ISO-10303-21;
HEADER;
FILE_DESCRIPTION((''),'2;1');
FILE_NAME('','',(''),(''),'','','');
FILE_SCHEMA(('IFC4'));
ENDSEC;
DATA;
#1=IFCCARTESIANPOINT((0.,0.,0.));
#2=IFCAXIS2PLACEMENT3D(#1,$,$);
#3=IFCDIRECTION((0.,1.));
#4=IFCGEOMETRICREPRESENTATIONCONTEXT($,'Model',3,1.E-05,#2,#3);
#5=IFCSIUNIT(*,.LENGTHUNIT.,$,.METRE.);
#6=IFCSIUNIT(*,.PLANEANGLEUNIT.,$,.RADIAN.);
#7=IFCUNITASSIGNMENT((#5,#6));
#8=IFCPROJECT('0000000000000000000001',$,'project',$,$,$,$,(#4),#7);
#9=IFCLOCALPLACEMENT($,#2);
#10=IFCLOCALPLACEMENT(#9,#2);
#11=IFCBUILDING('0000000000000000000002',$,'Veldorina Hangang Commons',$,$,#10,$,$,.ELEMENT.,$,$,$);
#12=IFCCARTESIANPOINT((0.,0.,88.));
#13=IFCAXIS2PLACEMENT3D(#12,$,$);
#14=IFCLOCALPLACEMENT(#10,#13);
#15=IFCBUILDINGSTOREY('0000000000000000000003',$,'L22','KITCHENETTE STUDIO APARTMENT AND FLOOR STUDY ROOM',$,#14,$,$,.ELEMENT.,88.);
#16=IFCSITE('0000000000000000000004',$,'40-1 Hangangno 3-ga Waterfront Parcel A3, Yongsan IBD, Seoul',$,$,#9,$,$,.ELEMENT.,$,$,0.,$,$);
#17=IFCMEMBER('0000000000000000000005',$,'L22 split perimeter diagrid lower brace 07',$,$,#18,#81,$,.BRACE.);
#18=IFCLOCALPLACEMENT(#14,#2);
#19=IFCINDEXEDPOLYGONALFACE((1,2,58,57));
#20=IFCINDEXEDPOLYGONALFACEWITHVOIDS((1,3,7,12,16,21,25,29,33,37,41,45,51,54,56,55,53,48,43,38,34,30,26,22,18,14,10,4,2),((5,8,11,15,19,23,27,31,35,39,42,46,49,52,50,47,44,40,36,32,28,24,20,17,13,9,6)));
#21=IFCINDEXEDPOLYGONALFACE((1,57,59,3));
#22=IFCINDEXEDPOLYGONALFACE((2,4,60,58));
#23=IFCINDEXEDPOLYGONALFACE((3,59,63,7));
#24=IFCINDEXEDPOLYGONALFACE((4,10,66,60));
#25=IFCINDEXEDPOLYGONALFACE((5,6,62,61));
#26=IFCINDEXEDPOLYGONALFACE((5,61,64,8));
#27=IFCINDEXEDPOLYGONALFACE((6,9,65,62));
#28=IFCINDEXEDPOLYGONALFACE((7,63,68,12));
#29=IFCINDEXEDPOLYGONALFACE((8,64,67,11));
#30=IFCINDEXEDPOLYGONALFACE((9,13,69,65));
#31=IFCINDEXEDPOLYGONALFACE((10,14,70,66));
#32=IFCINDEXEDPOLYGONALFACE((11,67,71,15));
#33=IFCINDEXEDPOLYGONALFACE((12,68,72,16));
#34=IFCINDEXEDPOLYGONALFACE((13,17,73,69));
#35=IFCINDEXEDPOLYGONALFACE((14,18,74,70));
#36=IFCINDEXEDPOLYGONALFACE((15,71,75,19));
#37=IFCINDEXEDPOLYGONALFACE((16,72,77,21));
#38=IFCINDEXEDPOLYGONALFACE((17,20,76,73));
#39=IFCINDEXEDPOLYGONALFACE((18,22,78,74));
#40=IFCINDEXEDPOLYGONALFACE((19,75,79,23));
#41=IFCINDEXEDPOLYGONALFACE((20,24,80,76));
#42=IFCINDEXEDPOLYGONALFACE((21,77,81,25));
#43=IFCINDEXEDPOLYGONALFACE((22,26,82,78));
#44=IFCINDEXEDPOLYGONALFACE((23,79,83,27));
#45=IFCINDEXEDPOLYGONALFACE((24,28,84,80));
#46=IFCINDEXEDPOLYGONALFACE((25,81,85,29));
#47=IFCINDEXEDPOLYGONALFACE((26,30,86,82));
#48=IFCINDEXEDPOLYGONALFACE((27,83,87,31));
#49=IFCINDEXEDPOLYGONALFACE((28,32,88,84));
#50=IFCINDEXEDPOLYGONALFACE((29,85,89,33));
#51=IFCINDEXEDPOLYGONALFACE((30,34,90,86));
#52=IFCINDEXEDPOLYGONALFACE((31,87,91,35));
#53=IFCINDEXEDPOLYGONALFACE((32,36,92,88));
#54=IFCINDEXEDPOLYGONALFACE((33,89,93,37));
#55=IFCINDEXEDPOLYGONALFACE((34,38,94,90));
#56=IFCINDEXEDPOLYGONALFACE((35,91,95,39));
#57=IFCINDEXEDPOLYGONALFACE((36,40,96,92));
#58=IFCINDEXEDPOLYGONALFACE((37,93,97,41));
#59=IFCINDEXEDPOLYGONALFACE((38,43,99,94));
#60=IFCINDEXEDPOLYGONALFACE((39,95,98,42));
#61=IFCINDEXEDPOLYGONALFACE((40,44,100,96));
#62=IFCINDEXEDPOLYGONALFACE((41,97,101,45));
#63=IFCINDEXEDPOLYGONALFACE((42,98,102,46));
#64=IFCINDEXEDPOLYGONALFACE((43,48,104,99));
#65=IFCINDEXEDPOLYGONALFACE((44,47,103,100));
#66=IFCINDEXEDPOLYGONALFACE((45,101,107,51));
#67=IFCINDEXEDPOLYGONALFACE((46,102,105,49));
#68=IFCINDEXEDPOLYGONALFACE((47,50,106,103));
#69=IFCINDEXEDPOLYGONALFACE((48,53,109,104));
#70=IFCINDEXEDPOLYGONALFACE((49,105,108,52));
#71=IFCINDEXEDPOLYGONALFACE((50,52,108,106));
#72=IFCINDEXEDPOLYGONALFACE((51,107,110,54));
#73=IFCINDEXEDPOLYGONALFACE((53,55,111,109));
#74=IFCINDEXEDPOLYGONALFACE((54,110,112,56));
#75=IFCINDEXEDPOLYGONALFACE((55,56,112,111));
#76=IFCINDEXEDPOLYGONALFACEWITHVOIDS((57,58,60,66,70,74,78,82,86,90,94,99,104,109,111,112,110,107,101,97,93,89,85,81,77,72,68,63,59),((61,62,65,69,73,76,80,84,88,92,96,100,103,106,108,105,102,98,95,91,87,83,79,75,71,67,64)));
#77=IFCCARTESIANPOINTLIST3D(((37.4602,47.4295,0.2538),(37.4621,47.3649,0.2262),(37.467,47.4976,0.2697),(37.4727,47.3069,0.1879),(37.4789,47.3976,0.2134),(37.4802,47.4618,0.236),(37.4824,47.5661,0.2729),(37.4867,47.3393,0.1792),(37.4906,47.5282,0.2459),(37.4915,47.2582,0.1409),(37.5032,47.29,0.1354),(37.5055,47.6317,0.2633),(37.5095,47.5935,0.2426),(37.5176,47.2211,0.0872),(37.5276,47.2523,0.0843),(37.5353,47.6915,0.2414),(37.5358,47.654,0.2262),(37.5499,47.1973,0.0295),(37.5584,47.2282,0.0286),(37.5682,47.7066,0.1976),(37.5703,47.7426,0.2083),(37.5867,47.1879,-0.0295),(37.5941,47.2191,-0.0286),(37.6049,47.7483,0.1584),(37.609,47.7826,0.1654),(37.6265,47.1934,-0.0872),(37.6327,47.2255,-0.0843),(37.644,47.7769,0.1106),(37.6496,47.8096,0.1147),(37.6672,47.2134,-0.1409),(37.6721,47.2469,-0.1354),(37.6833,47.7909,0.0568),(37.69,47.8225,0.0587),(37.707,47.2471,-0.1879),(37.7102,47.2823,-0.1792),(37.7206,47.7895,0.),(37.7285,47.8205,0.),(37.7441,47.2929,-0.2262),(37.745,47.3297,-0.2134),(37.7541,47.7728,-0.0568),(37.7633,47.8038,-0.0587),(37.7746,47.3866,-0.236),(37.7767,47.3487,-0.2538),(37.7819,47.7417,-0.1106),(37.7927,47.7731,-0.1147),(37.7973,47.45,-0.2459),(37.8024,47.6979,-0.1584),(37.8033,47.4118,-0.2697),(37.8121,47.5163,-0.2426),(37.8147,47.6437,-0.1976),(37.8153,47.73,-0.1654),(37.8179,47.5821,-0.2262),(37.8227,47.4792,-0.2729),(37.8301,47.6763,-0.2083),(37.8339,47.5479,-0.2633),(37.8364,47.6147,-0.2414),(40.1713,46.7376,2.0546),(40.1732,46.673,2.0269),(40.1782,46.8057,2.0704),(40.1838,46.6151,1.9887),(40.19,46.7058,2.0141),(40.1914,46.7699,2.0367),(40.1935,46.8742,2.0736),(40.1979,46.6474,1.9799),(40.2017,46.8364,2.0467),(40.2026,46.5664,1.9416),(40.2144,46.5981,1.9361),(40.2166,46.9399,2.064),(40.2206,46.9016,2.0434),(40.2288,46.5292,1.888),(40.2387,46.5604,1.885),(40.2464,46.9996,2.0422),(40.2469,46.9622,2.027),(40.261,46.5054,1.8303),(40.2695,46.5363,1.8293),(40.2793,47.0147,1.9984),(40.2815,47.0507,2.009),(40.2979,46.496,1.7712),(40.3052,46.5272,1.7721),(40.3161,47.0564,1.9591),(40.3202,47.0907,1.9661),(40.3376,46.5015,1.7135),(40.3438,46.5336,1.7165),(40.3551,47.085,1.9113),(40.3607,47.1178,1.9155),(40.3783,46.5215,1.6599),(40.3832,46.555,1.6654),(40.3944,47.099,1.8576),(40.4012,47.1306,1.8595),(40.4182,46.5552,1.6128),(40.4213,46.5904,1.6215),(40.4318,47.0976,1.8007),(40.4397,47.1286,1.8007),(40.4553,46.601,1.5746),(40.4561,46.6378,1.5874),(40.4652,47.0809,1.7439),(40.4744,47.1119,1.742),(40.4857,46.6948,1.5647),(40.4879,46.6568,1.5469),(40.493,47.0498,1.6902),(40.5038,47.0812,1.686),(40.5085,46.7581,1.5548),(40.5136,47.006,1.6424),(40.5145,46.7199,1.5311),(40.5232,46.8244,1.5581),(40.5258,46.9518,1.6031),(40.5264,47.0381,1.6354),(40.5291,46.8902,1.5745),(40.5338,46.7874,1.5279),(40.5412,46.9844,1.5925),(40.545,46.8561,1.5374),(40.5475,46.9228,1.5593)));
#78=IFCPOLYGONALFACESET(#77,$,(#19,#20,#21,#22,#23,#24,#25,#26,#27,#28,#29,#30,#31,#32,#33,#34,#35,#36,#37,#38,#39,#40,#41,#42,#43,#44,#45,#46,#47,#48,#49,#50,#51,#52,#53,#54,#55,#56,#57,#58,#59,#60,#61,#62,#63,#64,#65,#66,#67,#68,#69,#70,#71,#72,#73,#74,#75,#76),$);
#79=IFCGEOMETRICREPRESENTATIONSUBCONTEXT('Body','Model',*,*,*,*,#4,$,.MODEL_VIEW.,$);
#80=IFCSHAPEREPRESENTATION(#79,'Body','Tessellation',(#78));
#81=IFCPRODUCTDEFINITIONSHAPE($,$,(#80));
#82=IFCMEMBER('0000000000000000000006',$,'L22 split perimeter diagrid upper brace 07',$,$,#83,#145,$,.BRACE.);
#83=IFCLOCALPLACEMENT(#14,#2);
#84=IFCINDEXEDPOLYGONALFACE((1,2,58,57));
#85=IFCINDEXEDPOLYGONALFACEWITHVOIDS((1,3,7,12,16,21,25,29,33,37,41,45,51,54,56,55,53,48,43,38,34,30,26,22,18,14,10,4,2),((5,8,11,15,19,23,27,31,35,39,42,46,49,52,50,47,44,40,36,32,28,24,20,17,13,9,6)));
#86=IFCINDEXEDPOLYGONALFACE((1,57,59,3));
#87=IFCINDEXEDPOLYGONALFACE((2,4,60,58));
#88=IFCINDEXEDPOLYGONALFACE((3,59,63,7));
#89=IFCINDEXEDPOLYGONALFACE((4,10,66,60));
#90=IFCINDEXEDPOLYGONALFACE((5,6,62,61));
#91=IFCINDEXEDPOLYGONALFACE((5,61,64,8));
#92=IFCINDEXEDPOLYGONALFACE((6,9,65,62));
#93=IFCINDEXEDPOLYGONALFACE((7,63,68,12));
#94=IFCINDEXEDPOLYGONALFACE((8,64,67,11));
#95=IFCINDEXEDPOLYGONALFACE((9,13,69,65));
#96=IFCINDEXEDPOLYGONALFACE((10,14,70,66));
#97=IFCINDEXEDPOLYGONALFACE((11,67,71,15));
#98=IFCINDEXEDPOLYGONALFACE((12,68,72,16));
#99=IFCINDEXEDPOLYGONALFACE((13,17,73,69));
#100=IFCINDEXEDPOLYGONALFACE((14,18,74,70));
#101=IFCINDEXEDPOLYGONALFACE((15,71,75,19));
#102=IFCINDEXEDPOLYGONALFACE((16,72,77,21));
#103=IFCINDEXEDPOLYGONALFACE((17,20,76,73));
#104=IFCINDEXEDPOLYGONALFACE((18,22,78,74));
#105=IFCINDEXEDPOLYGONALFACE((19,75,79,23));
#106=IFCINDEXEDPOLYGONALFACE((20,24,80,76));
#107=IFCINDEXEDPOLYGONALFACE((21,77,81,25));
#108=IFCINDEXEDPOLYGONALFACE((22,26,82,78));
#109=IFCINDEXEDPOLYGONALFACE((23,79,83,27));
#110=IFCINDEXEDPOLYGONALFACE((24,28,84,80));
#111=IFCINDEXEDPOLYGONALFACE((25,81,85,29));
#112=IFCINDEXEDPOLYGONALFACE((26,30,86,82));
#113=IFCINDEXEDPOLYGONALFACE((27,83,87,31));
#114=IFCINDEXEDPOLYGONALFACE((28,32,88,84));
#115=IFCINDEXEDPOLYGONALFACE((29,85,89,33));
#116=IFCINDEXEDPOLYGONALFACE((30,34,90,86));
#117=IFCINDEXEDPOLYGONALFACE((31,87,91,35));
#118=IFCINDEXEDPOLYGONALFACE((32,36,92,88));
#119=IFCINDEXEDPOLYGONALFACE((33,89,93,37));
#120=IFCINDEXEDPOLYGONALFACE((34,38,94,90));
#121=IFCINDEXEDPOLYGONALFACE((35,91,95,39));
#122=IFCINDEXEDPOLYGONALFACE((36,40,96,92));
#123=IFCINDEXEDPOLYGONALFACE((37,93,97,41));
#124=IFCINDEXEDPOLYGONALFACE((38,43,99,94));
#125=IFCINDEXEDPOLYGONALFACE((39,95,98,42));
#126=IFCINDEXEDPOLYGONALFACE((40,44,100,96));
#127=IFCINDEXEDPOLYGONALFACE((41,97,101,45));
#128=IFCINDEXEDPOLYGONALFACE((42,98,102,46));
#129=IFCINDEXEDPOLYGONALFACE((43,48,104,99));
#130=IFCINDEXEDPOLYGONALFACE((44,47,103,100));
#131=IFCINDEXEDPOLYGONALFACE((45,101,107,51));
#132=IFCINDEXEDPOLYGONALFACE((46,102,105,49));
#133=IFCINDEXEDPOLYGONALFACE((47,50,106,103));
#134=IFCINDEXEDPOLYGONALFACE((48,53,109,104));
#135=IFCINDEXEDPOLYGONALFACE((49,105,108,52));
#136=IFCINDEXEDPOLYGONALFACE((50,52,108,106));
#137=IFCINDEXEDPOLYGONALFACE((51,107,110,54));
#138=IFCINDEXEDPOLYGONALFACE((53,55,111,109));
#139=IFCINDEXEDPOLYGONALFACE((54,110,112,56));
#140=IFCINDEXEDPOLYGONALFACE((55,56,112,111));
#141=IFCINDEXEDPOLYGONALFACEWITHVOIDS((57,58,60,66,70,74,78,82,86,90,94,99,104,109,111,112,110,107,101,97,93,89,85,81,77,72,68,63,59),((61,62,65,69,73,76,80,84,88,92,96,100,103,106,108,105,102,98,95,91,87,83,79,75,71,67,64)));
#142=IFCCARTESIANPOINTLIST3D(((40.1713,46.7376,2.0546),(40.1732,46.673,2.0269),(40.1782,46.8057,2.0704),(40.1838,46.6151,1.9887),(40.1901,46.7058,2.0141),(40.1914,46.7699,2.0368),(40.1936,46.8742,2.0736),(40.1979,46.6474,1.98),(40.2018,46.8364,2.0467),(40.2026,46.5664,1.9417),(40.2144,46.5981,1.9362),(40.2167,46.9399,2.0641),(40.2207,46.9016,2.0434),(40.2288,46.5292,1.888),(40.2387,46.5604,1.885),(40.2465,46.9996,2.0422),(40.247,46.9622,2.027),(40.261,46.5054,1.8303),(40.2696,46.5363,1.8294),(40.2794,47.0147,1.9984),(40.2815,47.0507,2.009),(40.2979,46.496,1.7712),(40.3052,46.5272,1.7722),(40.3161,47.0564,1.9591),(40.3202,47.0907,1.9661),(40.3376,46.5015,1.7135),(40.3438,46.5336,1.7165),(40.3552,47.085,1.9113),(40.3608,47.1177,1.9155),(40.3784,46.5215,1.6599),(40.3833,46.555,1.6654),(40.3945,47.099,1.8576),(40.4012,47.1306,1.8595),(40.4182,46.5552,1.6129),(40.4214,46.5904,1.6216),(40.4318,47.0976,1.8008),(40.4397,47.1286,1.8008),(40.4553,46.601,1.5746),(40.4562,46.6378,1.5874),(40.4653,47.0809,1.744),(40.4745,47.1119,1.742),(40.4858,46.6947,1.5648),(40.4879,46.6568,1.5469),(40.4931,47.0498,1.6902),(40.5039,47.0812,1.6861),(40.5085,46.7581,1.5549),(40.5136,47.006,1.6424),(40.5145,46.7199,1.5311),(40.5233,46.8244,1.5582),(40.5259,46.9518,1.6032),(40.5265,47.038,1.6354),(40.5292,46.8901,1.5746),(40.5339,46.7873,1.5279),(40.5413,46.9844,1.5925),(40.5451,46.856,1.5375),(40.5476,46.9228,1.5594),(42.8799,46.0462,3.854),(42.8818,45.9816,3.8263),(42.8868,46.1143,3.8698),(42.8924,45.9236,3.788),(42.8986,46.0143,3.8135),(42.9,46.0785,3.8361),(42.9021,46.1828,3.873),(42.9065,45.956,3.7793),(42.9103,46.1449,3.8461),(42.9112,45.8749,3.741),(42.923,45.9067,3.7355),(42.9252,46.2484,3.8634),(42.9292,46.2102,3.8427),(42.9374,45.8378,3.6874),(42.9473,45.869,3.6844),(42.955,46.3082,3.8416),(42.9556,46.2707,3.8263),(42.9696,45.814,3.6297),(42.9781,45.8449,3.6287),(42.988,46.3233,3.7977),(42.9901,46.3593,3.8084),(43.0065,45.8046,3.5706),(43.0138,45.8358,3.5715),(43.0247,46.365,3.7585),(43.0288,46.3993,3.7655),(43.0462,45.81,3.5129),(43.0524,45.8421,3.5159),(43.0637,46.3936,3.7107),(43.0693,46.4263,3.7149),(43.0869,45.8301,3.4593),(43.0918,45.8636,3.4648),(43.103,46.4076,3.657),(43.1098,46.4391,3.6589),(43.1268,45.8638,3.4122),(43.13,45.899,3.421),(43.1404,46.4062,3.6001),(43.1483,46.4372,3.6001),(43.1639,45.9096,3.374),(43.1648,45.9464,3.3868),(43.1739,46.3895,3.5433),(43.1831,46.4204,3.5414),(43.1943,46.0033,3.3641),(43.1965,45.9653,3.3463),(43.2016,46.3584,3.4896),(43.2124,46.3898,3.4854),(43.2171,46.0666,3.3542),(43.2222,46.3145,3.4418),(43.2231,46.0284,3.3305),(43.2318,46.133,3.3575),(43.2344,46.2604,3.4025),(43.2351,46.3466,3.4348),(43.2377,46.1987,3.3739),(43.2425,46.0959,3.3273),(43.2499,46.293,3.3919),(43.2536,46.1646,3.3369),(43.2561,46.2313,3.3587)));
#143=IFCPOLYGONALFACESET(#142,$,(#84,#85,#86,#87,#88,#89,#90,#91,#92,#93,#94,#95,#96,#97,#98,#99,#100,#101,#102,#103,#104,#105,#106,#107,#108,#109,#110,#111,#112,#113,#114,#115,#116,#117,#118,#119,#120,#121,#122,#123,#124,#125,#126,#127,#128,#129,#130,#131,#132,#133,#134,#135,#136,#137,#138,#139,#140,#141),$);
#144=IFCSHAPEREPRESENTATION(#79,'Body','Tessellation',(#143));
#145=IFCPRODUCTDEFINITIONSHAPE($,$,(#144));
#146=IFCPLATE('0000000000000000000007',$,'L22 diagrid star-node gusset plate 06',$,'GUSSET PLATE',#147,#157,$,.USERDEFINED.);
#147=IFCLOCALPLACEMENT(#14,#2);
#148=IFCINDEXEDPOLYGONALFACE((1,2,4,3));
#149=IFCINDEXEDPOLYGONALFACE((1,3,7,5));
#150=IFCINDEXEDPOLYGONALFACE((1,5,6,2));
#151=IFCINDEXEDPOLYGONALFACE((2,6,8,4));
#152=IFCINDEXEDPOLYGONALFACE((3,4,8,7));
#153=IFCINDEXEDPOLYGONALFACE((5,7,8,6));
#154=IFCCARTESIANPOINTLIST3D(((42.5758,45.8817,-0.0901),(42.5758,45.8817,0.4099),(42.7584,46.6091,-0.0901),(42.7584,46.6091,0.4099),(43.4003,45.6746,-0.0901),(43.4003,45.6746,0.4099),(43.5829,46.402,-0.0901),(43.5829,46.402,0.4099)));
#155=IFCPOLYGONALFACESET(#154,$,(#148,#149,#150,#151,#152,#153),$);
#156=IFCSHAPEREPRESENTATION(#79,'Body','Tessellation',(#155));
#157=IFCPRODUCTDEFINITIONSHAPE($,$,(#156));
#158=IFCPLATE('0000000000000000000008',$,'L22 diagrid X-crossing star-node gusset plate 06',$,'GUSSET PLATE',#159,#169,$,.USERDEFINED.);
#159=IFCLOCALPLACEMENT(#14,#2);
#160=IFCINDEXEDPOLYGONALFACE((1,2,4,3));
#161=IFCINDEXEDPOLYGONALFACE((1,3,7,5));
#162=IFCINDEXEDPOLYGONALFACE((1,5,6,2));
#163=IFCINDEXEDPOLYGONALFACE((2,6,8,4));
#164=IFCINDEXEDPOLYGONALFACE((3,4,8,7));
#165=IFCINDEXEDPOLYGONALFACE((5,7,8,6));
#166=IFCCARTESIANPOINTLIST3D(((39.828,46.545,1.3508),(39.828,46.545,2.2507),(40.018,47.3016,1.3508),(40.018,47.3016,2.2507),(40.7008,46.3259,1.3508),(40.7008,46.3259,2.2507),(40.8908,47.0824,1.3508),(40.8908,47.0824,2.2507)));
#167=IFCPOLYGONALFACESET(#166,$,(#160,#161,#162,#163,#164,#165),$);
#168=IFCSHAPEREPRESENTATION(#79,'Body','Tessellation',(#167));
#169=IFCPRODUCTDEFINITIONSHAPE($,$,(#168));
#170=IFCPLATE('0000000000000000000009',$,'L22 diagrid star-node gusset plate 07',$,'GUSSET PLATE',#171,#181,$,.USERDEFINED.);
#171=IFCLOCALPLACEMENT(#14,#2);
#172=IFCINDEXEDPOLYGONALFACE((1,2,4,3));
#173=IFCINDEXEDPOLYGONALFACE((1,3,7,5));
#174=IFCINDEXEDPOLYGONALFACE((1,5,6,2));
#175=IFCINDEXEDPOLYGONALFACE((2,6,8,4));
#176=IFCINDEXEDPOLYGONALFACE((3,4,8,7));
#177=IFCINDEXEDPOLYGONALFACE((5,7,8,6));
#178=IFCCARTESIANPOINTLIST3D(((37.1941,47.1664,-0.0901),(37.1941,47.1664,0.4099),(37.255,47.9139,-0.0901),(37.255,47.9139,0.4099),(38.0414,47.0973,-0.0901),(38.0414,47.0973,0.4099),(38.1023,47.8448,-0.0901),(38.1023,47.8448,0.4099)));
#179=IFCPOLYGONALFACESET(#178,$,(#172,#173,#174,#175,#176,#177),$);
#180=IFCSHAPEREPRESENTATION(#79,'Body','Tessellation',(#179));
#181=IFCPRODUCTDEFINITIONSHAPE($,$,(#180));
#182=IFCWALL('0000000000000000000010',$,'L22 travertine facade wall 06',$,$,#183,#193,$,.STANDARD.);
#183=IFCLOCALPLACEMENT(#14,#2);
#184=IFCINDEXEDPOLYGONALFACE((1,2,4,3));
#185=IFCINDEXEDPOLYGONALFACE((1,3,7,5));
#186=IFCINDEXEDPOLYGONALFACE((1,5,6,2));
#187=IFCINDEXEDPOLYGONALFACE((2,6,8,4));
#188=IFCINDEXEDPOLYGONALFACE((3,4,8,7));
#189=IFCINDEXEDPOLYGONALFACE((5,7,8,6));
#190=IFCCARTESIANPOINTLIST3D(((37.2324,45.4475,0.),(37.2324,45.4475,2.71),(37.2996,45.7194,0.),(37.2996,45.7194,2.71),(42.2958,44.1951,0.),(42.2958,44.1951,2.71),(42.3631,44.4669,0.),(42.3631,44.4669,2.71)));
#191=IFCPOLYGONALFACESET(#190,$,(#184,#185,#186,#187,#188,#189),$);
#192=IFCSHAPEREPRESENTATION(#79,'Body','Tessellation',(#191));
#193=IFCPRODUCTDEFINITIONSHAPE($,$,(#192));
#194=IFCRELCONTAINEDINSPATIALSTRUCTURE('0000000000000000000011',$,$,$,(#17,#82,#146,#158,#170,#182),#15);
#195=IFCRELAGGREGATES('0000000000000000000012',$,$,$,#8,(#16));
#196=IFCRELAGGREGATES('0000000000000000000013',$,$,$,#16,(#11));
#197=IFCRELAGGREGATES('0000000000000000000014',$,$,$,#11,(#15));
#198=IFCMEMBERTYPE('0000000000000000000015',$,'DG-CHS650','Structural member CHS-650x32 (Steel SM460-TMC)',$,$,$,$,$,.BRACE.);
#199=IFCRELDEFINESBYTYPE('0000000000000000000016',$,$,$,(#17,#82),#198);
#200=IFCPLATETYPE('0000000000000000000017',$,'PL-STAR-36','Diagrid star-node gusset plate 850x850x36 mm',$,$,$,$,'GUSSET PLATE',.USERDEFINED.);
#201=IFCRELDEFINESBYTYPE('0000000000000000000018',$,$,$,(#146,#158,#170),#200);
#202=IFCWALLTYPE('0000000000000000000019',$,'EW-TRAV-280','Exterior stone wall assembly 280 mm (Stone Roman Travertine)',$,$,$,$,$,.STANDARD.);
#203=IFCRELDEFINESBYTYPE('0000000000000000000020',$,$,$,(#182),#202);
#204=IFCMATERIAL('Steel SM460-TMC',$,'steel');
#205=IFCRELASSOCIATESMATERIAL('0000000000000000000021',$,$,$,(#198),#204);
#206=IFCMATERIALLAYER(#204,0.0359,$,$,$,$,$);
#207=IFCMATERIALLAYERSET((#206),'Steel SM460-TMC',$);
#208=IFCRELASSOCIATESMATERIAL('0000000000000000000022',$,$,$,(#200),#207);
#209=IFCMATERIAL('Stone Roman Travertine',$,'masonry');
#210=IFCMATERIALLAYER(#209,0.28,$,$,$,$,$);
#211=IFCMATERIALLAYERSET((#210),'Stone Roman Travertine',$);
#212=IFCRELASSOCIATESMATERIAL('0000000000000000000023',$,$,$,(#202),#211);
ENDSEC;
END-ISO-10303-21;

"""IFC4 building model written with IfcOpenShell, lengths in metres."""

from ifc_helpers import new_model, si_unit, direction, frame, frame_2d, origin, origin_2d, place, context, subcontext, project, spatial, rectangle, hollow_circle, extrude, material, layer, layer_set, material_profile, profile_set, type_object, element, save


model = new_model("IFC4")

# Units and contexts
model_context = context("Model", 3, precision=1e-05, world=origin(), true_north=direction((0.0, 1.0)))
body_context = subcontext(model_context, "Body", "Model", "MODEL_VIEW")
ifc_project = project(units=[si_unit("LENGTHUNIT", "METRE"), si_unit("PLANEANGLEUNIT", "RADIAN")], contexts=[model_context])

# Site, building, storey
site_placement = place(None, origin())
site = spatial("IfcSite", under=ifc_project, at=site_placement, Name="40-1 Hangangno 3-ga Waterfront Parcel A3, Yongsan IBD, Seoul", CompositionType="ELEMENT", RefElevation=0.0)
building_placement = place(site_placement, origin())
building = spatial("IfcBuilding", under=site, at=building_placement, Name="Veldorina Hangang Commons", CompositionType="ELEMENT")
storey_placement = place(building_placement, frame((0.0, 0.0, 88.0)))
storey = spatial("IfcBuildingStorey", under=building, at=storey_placement, Name="L22", Description="KITCHENETTE STUDIO APARTMENT AND FLOOR STUDY ROOM", CompositionType="ELEMENT", Elevation=88.0)

# Members
ifc_material_1 = material(Name="Steel SM460-TMC", Category="steel")
ifc_material_profile_1 = material_profile(ifc_material_1, hollow_circle(Radius=0.325, WallThickness=0.032, at=origin_2d()), Name="CHS-650x32")
ifc_profile_set_1 = profile_set([ifc_material_profile_1], Name="Steel SM460-TMC")
member_type = type_object("IfcMemberType", Name="DG-CHS650", Description="Structural member CHS-650x32 (Steel SM460-TMC)", PredefinedType="BRACE", material=ifc_profile_set_1)
member_1_placement = place(storey_placement, frame((37.6482, 47.5056, 0.0), z_axis=(0.814788, -0.207934, 0.541187), x_axis=(0.247275, 0.968945, 0.0)))
element("IfcMember", 1, at=member_1_placement, inside=storey, type_object=member_type, Name="L22 split perimeter diagrid lower brace 07", PredefinedType="BRACE", context=body_context, shape_type="SweptSolid", body=[
    extrude(hollow_circle(Radius=0.325, WallThickness=0.032, at=origin_2d()), origin(), (0.0, 0.0, 1.0), 3.3274),
])
member_2_placement = place(storey_placement, frame((40.3594, 46.8137, 1.8008), z_axis=(0.814736, -0.20798, 0.541248), x_axis=(0.247341, 0.968928, 0.0)))
element("IfcMember", 2, at=member_2_placement, inside=storey, type_object=member_type, Name="L22 split perimeter diagrid upper brace 07", PredefinedType="BRACE", context=body_context, shape_type="SweptSolid", body=[
    extrude(hollow_circle(Radius=0.325, WallThickness=0.032, at=origin_2d()), origin(), (0.0, 0.0, 1.0), 3.3245),
])

# Plates
ifc_layer_1 = layer(ifc_material_1, 0.0359)
ifc_layer_set_1 = layer_set([ifc_layer_1], Name="Steel SM460-TMC")
plate_type = type_object("IfcPlateType", Name="PL-STAR-36", Description="Diagrid star-node gusset plate 850x850x36 mm", ElementType="GUSSET PLATE", PredefinedType="USERDEFINED", material=ifc_layer_set_1)
plate_1_placement = place(storey_placement, frame((43.0793, 46.1418, -0.0901), z_axis=(0.0, 0.0, 1.0), x_axis=(-0.969889, 0.243547, 0.0)))
element("IfcPlate", 3, at=plate_1_placement, inside=storey, type_object=plate_type, Name="L22 diagrid star-node gusset plate 06", ObjectType="GUSSET PLATE", PredefinedType="USERDEFINED", context=body_context, shape_type="SweptSolid", body=[
    extrude(rectangle(XDim=0.8501, YDim=0.75, at=origin_2d()), origin(), (0.0, 0.0, 1.0), 0.5),
])
plate_2_placement = place(storey_placement, frame((40.3594, 46.8137, 1.3508), z_axis=(0.0, 0.0, 1.0), x_axis=(-0.969889, 0.243547, 0.0)))
element("IfcPlate", 4, at=plate_2_placement, inside=storey, type_object=plate_type, Name="L22 diagrid X-crossing star-node gusset plate 06", ObjectType="GUSSET PLATE", PredefinedType="USERDEFINED", context=body_context, shape_type="SweptSolid", body=[
    extrude(rectangle(XDim=0.8999, YDim=0.78, at=origin_2d()), origin(), (0.0, 0.0, 1.0), 0.8999),
])
plate_3_placement = place(storey_placement, frame((37.6482, 47.5056, -0.0901), z_axis=(0.0, 0.0, 1.0), x_axis=(-0.996693, 0.08126, 0.0)))
element("IfcPlate", 5, at=plate_3_placement, inside=storey, type_object=plate_type, Name="L22 diagrid star-node gusset plate 07", ObjectType="GUSSET PLATE", PredefinedType="USERDEFINED", context=body_context, shape_type="SweptSolid", body=[
    extrude(rectangle(XDim=0.8501, YDim=0.75, at=origin_2d()), origin(), (0.0, 0.0, 1.0), 0.5),
])

# Wall
ifc_material_2 = material(Name="Stone Roman Travertine", Category="masonry")
ifc_layer_2 = layer(ifc_material_2, 0.28)
ifc_layer_set_2 = layer_set([ifc_layer_2], Name="Stone Roman Travertine")
wall_type_1 = type_object("IfcWallType", Name="EW-TRAV-280", Description="Exterior stone wall assembly 280 mm (Stone Roman Travertine)", PredefinedType="STANDARD", material=ifc_layer_set_2)
wall_1_placement = place(storey_placement, frame((42.3293, 44.3311, 0.0), z_axis=(0.0, 0.0, 1.0), x_axis=(-0.970745, 0.240112, 0.0)))
element("IfcWall", 6, at=wall_1_placement, inside=storey, type_object=wall_type_1, Name="L22 travertine facade wall 06", PredefinedType="STANDARD", context=body_context, shape_type="SweptSolid", body=[
    extrude(rectangle(XDim=5.2161, YDim=0.28, at=frame_2d((2.6079, 0.0))), origin(), (0.0, 0.0, 1.0), 2.71),
])

save(model, "model.ifc")
